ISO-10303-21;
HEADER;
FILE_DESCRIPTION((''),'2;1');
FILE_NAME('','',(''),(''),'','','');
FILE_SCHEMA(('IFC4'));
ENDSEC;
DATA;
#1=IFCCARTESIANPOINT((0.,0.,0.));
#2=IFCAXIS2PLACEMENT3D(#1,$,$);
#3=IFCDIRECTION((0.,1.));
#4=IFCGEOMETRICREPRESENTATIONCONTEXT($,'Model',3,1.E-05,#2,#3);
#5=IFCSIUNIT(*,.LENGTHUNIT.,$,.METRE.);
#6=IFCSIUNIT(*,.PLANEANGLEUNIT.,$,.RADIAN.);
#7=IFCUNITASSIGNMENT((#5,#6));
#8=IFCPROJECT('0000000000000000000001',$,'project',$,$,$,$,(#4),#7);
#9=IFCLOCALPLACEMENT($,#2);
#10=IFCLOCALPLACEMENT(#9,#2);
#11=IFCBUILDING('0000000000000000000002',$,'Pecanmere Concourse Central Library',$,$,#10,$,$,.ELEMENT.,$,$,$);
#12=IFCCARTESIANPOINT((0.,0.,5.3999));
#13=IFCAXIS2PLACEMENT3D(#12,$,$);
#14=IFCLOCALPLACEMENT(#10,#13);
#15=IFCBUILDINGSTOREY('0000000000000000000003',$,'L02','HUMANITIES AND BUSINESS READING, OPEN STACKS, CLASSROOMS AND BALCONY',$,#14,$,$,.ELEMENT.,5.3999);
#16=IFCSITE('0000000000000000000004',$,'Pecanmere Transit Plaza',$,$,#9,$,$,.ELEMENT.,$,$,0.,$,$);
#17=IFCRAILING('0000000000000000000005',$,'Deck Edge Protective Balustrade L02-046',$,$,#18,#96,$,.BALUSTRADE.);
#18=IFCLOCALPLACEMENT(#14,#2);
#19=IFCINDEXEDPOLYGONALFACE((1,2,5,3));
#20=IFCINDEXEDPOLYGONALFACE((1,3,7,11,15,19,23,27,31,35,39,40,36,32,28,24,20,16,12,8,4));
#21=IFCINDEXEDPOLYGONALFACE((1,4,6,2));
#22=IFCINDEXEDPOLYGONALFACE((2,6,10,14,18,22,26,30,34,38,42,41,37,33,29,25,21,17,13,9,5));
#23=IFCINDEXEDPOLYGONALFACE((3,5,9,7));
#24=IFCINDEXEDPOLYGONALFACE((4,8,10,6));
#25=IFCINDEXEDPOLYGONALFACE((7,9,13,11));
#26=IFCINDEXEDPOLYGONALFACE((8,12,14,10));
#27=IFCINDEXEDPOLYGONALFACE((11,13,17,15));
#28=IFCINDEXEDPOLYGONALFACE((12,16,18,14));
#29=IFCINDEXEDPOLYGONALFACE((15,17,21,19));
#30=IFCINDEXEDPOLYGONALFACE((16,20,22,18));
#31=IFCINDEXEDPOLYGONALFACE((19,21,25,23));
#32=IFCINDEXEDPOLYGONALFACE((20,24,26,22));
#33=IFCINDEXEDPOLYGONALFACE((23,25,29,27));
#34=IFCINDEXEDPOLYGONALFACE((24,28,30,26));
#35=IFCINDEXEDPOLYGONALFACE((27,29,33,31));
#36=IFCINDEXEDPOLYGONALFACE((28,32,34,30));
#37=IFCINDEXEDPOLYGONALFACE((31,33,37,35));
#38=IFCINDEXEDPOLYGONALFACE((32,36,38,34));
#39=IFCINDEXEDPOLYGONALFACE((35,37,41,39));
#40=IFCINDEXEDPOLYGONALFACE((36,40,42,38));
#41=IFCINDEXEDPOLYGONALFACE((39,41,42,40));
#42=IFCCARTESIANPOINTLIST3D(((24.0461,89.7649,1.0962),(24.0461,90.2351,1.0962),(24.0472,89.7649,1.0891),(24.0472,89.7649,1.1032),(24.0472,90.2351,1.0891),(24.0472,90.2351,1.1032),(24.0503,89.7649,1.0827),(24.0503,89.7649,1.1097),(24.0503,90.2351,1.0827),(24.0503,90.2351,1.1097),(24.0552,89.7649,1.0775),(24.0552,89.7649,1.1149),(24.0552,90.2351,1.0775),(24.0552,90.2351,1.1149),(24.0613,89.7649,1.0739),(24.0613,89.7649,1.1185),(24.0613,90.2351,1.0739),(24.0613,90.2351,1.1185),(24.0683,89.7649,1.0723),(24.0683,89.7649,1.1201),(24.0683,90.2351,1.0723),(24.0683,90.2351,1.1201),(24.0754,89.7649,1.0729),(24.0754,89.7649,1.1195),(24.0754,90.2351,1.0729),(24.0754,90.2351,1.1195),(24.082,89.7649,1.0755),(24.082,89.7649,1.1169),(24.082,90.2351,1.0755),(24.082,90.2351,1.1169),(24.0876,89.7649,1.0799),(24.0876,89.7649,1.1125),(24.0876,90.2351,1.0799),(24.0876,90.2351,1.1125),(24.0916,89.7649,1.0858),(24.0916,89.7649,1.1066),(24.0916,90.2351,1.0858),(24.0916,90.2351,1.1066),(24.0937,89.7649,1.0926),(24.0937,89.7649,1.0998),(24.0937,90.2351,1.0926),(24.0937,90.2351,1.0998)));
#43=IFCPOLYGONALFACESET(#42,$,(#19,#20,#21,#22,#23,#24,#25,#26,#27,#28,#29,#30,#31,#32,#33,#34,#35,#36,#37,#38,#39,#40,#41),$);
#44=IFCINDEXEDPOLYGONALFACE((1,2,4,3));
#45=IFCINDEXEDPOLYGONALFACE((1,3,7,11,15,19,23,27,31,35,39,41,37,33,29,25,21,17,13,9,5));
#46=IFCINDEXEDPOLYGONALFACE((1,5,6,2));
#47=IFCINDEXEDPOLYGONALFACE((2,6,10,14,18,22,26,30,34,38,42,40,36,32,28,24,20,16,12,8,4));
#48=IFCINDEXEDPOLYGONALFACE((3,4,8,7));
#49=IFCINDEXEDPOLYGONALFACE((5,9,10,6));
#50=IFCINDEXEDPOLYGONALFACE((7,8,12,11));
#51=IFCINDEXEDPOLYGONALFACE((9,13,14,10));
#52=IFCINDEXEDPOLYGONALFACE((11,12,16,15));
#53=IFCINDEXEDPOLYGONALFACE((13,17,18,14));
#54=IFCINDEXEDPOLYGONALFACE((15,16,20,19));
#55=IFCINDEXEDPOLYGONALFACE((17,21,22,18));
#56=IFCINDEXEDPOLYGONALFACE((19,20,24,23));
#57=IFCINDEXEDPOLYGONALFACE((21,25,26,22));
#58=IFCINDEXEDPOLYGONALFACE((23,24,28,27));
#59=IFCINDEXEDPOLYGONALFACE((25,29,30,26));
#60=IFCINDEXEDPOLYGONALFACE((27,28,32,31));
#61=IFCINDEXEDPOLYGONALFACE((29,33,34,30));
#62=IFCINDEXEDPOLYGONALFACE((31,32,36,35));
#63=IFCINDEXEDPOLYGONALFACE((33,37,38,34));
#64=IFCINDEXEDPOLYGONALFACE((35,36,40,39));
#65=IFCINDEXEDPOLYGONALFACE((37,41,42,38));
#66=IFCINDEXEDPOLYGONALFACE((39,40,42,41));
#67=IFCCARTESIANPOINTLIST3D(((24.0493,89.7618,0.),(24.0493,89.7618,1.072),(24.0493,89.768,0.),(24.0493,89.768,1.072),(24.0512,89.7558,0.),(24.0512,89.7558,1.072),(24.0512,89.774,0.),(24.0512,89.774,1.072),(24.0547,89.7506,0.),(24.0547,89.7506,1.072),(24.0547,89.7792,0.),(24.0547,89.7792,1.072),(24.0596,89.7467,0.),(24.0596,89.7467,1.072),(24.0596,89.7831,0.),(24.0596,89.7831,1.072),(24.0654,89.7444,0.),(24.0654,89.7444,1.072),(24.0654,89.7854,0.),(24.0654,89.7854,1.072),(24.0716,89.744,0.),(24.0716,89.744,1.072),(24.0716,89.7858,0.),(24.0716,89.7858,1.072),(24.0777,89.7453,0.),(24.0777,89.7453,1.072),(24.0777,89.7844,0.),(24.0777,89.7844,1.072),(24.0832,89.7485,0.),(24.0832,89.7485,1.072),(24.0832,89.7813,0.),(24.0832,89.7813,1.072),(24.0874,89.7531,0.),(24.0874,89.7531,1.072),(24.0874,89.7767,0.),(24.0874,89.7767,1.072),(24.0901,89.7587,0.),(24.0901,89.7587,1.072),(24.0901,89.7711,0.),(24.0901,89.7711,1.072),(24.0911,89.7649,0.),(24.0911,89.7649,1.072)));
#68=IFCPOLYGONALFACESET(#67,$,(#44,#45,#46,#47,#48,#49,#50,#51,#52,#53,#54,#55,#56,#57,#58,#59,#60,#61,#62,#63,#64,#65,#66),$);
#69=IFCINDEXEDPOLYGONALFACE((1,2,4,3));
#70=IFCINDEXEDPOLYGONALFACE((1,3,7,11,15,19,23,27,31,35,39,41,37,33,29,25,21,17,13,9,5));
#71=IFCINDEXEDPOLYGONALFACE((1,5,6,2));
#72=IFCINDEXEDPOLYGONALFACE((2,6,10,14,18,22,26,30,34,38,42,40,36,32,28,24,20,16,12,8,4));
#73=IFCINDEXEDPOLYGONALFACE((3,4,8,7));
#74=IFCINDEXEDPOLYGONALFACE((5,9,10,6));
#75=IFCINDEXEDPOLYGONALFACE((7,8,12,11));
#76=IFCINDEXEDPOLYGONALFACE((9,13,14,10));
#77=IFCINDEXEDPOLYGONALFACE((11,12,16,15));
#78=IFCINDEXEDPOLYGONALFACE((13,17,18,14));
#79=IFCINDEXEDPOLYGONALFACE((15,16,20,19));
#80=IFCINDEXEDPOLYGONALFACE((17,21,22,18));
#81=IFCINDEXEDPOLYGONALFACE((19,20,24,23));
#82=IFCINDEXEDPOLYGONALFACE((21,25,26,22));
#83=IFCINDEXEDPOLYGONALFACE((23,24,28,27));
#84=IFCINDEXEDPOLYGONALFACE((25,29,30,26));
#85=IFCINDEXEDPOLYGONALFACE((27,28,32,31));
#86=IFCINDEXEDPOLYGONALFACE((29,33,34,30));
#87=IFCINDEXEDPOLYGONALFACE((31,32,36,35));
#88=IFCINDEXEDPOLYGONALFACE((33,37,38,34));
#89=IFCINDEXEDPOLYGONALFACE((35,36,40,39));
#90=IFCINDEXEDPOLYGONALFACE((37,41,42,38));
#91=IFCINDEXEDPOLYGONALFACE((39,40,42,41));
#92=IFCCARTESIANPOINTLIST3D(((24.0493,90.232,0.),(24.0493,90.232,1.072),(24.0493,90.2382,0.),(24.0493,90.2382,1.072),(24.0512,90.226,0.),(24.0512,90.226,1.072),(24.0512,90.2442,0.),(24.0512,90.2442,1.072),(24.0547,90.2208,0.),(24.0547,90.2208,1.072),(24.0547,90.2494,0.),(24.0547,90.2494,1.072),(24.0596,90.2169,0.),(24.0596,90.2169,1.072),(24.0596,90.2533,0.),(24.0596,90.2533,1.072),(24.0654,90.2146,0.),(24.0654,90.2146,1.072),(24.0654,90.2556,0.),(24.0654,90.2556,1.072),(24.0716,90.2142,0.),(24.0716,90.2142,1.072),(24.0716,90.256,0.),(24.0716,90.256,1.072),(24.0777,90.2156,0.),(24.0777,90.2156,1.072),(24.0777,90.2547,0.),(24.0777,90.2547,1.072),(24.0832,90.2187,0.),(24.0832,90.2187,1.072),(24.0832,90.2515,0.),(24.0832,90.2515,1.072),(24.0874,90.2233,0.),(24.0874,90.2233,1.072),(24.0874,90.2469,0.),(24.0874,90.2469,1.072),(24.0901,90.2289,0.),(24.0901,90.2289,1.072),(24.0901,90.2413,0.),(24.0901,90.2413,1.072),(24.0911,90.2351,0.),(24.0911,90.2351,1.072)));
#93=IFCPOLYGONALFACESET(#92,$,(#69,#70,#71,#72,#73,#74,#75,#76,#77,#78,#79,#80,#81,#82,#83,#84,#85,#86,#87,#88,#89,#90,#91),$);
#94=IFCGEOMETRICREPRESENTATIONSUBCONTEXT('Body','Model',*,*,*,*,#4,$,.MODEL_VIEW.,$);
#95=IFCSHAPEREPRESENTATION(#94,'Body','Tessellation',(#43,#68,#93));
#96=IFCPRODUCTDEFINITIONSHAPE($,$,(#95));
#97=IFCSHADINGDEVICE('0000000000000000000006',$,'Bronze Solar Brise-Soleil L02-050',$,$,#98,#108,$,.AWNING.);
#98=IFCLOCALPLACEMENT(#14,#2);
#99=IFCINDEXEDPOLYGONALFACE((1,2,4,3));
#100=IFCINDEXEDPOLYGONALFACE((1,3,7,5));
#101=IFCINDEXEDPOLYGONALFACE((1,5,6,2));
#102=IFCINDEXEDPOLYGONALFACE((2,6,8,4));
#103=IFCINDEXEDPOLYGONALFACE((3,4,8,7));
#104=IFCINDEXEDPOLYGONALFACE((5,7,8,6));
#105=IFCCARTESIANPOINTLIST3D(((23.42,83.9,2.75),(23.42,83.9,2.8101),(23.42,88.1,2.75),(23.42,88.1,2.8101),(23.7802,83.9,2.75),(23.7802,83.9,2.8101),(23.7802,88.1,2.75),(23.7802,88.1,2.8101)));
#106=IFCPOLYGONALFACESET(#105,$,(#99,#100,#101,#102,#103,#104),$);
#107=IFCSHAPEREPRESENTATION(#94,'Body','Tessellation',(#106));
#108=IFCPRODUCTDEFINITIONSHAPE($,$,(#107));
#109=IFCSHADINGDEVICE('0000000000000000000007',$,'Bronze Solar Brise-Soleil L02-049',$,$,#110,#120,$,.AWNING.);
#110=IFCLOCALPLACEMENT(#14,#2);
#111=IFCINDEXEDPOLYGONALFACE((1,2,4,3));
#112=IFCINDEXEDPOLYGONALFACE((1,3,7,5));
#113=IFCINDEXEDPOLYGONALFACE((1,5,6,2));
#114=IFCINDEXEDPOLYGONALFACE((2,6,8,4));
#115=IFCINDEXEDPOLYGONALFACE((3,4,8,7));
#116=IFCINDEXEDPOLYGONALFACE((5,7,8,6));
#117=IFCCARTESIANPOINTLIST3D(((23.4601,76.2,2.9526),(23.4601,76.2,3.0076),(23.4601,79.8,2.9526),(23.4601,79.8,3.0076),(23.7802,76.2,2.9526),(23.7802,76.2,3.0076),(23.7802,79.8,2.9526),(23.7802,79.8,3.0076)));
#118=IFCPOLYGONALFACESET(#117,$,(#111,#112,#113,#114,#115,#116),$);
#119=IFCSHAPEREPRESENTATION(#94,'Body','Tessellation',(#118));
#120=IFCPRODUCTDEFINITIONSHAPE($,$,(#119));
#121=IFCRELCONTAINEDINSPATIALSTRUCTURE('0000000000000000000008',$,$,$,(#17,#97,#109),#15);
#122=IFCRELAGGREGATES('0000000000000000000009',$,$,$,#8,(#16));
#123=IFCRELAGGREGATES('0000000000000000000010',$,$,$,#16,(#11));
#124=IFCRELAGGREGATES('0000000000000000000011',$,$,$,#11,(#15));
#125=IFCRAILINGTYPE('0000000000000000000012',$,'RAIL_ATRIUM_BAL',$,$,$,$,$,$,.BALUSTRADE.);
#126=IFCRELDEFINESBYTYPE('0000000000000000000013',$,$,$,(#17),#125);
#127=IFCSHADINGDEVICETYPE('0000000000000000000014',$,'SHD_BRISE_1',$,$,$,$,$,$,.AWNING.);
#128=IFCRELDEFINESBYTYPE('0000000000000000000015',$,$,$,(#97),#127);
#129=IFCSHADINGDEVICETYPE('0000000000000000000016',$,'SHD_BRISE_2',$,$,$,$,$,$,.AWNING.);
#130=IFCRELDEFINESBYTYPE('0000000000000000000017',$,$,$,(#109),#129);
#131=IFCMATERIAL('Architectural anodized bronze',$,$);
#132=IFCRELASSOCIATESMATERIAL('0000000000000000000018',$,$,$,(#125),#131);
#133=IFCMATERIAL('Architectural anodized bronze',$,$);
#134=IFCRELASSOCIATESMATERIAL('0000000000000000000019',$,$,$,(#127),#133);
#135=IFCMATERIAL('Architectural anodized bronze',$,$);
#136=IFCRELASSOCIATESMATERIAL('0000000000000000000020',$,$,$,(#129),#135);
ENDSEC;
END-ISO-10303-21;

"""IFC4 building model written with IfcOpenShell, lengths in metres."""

from ifc_helpers import new_model, si_unit, direction, frame, origin, origin_2d, place, context, subcontext, project, spatial, rectangle, circle, extrude, material, type_object, element, save


model = new_model("IFC4")

# Units and contexts
model_context = context("Model", 3, precision=1e-05, world=origin(), true_north=direction((0.0, 1.0)))
body_context = subcontext(model_context, "Body", "Model", "MODEL_VIEW")
ifc_project = project(units=[si_unit("LENGTHUNIT", "METRE"), si_unit("PLANEANGLEUNIT", "RADIAN")], contexts=[model_context])

# Site, building, storey
site_placement = place(None, origin())
site = spatial("IfcSite", under=ifc_project, at=site_placement, Name="Pecanmere Transit Plaza", CompositionType="ELEMENT", RefElevation=0.0)
building_placement = place(site_placement, origin())
building = spatial("IfcBuilding", under=site, at=building_placement, Name="Pecanmere Concourse Central Library", CompositionType="ELEMENT")
storey_placement = place(building_placement, frame((0.0, 0.0, 5.3999)))
storey = spatial("IfcBuildingStorey", under=building, at=storey_placement, Name="L02", Description="HUMANITIES AND BUSINESS READING, OPEN STACKS, CLASSROOMS AND BALCONY", CompositionType="ELEMENT", Elevation=5.3999)

# Railing
ifc_material_1 = material(Name="Architectural anodized bronze")
railing_type = type_object("IfcRailingType", Name="RAIL_ATRIUM_BAL", PredefinedType="BALUSTRADE", material=ifc_material_1)
for number, where, name in (
    (1, (24.0701, 89.7649, 0.0), "Deck Edge Protective Balustrade L02-046"),
):
    element("IfcRailing", number, at=place(storey_placement, frame(where)), inside=storey, type_object=railing_type, Name=name, PredefinedType="BALUSTRADE", context=body_context, shape_type="SweptSolid", body=[
        extrude(circle(Radius=0.0239, at=origin_2d()), frame((0.0, 0.0, 1.0962), z_axis=(0.0, 1.0, 0.0), x_axis=(-1.0, 0.0, 0.0)), (0.0, 0.0, 1.0), 0.4702),
        extrude(circle(Radius=0.021, at=origin_2d()), origin(), (0.0, 0.0, 1.0), 1.072),
        extrude(circle(Radius=0.021, at=origin_2d()), frame((0.0, 0.4702, 0.0)), (0.0, 0.0, 1.0), 1.072),
    ])

# Shading devices
ifc_material_2 = material(Name="Architectural anodized bronze")
shading_device_type_1 = type_object("IfcShadingDeviceType", Name="SHD_BRISE_1", PredefinedType="AWNING", material=ifc_material_2)
shading_device_1_placement = place(storey_placement, frame((23.6001, 86.0, 2.75), z_axis=(0.0, 0.0, 1.0), x_axis=(0.0, -1.0, 0.0)))
element("IfcShadingDevice", 2, at=shading_device_1_placement, inside=storey, type_object=shading_device_type_1, Name="Bronze Solar Brise-Soleil L02-050", PredefinedType="AWNING", context=body_context, shape_type="SweptSolid", body=[
    extrude(rectangle(XDim=4.2, YDim=0.3601, at=origin_2d()), origin(), (0.0, 0.0, 1.0), 0.0601),
])
ifc_material_3 = material(Name="Architectural anodized bronze")
shading_device_type_2 = type_object("IfcShadingDeviceType", Name="SHD_BRISE_2", PredefinedType="AWNING", material=ifc_material_3)
shading_device_2_placement = place(storey_placement, frame((23.6201, 78.0, 2.9526), z_axis=(0.0, 0.0, 1.0), x_axis=(0.0, -1.0, 0.0)))
element("IfcShadingDevice", 3, at=shading_device_2_placement, inside=storey, type_object=shading_device_type_2, Name="Bronze Solar Brise-Soleil L02-049", PredefinedType="AWNING", context=body_context, shape_type="SweptSolid", body=[
    extrude(rectangle(XDim=3.6001, YDim=0.3201, at=origin_2d()), origin(), (0.0, 0.0, 1.0), 0.0549),
])

save(model, "model.ifc")
